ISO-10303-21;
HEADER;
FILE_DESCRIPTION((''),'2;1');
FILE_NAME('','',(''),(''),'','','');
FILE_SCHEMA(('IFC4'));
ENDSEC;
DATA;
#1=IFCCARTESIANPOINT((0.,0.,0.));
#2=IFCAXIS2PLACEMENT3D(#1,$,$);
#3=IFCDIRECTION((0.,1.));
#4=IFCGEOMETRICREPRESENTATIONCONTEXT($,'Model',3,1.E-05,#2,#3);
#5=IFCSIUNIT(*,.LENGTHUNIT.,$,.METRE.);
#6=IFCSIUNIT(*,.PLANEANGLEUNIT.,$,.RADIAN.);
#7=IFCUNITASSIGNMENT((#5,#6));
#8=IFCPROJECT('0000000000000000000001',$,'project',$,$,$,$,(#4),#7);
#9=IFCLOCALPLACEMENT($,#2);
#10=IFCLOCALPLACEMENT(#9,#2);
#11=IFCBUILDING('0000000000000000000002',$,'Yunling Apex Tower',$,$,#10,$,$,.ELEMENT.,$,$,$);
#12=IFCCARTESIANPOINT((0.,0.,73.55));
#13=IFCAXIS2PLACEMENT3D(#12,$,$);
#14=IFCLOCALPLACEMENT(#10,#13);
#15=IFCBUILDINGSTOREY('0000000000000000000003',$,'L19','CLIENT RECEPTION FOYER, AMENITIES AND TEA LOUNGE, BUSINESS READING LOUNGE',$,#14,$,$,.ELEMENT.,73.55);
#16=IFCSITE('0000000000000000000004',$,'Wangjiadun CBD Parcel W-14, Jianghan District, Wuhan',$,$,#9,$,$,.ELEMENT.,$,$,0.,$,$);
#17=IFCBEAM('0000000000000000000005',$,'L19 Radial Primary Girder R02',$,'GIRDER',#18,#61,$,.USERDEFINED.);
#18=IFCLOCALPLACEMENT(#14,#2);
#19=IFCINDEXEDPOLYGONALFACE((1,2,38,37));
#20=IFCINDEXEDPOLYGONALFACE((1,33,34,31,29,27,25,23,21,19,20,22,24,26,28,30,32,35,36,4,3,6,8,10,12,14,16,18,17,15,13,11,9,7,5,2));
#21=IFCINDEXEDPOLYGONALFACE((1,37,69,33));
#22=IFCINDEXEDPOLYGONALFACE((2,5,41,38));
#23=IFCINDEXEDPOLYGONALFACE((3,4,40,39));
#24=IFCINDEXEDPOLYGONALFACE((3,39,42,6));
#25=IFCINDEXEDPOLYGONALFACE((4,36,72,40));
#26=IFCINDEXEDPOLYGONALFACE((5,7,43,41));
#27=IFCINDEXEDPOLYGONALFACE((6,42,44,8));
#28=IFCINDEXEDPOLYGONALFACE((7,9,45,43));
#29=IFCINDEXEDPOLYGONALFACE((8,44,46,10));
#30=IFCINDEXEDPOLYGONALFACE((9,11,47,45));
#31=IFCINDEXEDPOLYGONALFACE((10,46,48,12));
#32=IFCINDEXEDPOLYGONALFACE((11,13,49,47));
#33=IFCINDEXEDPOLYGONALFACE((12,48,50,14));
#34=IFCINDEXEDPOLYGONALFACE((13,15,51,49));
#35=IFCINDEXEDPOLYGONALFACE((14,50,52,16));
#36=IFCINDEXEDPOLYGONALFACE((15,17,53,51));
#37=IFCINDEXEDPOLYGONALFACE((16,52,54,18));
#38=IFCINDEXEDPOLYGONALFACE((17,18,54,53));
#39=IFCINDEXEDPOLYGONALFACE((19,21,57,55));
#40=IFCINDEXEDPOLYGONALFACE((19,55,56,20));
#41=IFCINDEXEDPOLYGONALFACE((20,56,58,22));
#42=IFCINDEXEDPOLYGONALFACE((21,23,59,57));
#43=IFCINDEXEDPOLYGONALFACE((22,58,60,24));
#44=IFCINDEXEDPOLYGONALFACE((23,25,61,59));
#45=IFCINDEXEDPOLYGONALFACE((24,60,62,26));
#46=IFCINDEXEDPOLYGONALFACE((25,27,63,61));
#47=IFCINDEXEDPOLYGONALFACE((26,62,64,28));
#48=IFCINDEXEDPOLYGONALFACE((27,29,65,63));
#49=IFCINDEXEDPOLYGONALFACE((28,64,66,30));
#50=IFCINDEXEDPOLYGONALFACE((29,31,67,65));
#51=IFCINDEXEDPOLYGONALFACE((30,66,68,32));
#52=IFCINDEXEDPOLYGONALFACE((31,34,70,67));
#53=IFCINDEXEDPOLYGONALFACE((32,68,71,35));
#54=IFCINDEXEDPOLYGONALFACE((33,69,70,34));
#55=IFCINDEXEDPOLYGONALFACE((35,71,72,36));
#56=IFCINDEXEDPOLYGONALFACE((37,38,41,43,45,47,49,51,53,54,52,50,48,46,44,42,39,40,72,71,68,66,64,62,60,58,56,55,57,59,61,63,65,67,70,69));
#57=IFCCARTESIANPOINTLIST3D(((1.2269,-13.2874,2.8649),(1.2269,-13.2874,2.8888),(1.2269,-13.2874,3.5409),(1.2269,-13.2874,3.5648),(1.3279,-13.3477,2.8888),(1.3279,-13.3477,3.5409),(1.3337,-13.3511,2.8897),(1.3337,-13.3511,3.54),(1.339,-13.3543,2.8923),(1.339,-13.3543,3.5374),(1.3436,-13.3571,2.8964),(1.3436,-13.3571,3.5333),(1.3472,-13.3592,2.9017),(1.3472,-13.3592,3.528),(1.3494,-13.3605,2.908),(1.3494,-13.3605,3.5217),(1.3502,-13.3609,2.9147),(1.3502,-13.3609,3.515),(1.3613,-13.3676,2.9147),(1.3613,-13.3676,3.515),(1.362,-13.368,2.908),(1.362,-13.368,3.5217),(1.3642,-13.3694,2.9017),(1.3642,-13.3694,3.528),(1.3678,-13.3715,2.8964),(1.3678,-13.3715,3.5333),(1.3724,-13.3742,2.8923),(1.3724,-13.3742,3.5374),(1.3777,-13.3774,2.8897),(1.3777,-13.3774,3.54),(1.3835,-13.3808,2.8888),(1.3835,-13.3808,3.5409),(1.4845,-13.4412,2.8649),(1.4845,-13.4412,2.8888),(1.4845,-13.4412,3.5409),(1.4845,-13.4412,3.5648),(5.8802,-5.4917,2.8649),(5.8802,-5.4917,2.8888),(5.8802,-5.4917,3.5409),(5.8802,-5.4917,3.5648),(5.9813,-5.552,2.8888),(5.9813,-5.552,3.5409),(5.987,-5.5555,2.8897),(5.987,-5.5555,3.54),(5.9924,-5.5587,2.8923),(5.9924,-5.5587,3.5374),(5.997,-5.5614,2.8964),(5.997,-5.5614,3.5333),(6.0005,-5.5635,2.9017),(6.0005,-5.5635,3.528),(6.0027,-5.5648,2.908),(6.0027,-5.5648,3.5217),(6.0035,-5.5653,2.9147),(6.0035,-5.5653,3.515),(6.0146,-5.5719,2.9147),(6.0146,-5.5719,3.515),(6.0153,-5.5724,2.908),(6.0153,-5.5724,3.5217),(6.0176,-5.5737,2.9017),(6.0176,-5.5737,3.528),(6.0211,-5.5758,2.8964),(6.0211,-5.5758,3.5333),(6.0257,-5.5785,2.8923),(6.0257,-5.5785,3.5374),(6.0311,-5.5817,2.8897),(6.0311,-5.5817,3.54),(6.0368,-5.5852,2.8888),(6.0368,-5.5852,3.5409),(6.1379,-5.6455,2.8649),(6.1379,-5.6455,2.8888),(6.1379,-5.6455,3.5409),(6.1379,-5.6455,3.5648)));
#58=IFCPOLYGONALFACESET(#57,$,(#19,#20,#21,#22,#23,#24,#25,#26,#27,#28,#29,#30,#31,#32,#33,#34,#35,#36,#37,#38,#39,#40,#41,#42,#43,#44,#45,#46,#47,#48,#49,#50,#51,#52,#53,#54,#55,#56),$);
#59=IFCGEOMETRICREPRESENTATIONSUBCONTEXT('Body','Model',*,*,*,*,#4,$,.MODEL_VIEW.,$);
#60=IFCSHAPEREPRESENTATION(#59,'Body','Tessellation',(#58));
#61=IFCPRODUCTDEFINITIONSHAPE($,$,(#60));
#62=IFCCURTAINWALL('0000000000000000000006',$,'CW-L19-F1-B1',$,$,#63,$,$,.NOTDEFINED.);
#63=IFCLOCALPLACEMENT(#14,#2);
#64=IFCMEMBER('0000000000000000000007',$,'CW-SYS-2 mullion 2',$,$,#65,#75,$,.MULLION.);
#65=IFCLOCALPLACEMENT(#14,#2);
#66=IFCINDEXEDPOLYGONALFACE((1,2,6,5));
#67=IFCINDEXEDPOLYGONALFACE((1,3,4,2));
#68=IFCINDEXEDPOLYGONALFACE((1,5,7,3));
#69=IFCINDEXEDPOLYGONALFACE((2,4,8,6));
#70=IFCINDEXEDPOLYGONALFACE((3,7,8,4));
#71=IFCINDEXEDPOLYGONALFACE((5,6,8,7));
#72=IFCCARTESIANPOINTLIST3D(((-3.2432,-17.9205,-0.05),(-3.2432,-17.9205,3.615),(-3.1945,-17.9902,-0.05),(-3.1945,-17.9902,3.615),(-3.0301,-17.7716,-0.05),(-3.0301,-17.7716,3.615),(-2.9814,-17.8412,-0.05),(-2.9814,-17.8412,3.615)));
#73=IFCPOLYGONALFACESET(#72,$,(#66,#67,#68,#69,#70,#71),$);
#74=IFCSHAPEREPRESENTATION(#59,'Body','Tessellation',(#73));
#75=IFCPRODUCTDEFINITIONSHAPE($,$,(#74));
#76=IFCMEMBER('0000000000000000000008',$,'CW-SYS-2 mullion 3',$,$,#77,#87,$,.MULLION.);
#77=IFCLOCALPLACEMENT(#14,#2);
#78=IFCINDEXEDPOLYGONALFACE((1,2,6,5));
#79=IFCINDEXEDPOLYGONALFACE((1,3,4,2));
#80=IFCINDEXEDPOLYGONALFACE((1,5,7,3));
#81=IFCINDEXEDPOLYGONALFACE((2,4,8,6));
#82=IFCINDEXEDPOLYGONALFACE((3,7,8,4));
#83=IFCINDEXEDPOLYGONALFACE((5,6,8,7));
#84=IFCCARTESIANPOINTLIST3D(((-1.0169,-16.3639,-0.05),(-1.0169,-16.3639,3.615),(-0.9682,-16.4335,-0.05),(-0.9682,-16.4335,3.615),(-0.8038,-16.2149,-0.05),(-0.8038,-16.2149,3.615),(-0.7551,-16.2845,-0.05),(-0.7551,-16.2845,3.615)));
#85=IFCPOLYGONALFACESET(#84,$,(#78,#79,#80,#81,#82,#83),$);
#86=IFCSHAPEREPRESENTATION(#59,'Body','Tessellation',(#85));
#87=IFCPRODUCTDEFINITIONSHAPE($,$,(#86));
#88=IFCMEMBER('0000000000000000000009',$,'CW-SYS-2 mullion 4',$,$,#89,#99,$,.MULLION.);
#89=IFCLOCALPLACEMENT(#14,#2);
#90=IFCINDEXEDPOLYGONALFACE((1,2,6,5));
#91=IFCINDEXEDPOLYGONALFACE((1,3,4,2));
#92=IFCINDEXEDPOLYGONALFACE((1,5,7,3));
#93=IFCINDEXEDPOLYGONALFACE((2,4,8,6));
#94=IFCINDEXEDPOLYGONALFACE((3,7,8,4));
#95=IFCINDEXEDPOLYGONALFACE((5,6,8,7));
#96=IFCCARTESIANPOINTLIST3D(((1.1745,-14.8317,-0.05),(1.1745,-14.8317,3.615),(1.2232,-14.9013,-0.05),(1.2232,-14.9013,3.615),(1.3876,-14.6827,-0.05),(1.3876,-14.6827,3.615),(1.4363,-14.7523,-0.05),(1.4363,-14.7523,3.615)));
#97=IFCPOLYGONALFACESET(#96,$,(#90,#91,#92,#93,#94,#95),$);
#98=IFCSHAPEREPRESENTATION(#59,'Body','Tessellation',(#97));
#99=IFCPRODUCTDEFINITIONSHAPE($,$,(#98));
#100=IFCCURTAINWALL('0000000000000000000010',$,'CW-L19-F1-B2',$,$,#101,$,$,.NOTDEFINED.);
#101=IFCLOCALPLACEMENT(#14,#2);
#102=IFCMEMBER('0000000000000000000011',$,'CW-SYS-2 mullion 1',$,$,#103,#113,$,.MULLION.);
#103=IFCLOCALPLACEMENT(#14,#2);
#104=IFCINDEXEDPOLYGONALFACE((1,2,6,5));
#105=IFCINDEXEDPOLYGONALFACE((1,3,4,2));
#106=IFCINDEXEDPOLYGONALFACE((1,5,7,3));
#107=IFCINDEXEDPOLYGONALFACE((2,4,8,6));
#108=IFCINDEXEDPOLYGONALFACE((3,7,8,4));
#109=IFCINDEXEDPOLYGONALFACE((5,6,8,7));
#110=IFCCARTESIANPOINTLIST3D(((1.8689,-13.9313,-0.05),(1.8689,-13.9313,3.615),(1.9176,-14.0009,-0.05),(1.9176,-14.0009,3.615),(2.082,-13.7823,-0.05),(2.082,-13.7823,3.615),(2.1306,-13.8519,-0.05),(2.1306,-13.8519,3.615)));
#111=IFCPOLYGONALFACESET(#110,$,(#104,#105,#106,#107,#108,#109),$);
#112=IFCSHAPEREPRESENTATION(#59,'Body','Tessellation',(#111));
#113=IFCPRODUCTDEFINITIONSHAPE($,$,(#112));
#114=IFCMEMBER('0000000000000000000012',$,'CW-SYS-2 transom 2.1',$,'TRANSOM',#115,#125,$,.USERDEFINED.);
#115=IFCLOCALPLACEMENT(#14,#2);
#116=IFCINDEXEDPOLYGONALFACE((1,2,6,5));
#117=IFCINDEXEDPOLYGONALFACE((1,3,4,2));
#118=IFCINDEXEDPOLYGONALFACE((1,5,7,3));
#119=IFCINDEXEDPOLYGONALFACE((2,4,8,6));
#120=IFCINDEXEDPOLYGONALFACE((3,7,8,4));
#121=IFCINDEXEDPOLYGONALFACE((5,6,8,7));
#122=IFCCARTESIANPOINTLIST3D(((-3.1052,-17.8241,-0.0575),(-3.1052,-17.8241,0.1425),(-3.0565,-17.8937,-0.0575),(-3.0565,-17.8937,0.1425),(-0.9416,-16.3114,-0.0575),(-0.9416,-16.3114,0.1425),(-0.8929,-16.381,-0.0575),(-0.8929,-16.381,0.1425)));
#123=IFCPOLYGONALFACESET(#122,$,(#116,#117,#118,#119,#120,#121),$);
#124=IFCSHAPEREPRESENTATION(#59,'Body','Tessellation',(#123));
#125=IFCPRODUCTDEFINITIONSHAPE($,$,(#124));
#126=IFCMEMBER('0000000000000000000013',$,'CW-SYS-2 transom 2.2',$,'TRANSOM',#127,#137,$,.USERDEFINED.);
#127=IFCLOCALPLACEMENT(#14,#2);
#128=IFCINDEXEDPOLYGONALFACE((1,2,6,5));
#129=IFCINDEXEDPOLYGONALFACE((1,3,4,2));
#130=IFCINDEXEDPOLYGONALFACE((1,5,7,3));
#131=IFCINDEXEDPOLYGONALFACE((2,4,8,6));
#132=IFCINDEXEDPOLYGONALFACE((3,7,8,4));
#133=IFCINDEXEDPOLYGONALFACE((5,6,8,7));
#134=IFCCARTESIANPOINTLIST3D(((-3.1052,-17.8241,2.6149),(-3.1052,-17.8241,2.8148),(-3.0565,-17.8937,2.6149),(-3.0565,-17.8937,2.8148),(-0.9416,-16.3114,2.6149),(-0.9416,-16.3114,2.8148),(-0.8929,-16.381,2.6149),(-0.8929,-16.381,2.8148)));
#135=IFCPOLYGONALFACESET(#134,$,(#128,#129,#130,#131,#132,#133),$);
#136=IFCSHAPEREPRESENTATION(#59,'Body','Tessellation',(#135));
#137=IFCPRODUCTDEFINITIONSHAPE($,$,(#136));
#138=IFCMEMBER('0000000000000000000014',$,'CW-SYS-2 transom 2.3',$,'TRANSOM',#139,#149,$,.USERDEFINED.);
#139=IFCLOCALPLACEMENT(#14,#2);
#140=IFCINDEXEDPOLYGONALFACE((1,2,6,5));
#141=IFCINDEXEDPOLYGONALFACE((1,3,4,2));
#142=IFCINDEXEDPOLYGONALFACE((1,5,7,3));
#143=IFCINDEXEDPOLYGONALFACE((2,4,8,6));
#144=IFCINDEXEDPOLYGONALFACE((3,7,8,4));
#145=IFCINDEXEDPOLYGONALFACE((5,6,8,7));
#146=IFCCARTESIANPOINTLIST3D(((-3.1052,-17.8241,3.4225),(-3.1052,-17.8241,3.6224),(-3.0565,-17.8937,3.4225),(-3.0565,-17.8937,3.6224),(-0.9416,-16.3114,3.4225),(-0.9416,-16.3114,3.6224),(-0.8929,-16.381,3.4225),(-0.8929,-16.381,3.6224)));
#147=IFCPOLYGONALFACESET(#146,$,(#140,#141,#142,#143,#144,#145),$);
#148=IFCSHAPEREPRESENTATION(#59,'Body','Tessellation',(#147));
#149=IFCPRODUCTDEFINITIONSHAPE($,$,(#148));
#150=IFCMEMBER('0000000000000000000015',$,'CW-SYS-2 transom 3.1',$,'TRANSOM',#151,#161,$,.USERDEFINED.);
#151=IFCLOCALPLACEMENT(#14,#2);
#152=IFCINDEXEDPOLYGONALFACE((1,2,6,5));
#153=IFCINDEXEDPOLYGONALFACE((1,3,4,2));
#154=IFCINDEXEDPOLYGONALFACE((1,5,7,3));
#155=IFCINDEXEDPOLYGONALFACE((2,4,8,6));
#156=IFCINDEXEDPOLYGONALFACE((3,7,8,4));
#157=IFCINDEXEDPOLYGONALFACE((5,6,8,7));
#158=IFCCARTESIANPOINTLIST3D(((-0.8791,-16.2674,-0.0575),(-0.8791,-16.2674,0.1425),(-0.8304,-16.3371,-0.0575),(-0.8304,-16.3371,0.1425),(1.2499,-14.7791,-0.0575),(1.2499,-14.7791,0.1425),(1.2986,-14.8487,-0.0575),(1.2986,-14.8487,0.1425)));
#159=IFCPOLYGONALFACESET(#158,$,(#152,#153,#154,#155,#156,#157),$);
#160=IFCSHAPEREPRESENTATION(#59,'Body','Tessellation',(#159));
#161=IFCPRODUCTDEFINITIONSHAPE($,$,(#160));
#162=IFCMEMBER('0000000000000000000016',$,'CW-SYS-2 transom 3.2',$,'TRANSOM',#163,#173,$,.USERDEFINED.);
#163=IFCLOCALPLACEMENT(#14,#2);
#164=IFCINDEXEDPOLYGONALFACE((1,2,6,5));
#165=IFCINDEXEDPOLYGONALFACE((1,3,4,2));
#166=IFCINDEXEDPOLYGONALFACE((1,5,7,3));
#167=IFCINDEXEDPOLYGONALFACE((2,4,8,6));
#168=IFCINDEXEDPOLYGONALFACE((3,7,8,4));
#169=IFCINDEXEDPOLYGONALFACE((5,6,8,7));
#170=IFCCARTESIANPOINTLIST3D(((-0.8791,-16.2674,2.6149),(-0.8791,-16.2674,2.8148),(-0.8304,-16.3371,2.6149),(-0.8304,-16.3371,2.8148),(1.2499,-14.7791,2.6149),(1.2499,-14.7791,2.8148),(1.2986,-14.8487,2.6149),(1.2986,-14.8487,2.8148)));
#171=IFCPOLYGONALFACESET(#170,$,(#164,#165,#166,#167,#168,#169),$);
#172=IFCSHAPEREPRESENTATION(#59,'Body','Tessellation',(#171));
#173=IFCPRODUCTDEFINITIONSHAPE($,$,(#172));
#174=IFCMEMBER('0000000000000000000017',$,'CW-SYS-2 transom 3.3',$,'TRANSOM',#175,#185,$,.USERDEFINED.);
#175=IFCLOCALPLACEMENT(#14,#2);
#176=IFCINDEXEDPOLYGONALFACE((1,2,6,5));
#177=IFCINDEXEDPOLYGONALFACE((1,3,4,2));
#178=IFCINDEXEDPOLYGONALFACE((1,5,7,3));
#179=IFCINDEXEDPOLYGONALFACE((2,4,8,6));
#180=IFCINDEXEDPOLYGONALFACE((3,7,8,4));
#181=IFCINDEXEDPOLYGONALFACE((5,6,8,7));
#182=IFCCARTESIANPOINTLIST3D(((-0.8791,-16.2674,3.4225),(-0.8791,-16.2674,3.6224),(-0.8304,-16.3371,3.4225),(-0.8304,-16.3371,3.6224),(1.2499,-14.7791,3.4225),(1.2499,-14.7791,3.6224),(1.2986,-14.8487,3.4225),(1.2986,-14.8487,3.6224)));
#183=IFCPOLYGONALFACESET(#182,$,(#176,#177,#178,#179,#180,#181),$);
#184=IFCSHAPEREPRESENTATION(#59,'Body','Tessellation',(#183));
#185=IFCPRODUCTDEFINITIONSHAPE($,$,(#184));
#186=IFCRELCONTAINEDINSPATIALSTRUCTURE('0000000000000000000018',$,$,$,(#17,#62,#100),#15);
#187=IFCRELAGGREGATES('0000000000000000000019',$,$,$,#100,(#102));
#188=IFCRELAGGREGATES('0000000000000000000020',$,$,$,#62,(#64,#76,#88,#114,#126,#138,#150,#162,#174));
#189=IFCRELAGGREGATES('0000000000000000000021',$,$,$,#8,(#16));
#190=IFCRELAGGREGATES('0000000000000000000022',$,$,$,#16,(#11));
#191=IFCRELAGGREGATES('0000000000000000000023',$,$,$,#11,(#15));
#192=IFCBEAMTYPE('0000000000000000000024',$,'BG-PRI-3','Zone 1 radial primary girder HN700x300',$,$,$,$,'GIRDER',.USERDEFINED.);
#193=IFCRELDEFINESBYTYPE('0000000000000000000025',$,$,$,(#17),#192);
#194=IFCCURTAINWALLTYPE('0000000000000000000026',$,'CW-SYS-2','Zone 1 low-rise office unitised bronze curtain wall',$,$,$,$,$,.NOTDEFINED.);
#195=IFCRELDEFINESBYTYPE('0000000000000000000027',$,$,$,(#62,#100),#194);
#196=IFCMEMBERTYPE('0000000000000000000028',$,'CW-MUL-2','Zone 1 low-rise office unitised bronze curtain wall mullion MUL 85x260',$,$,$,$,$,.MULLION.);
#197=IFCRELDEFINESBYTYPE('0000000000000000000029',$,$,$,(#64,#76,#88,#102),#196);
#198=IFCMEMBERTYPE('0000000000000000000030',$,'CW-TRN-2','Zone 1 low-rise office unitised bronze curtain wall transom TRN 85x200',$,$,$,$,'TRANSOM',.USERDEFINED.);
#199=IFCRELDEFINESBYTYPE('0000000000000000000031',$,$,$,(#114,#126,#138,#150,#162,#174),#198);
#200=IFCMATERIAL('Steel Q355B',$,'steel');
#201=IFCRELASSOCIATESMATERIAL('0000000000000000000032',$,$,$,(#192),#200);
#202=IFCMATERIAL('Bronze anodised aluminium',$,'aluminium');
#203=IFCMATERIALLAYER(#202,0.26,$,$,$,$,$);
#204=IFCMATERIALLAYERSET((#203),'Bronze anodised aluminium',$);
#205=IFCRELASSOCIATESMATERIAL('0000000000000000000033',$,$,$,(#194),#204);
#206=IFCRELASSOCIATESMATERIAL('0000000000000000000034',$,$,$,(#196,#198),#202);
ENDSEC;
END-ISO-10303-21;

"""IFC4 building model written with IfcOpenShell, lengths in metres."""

from ifc_helpers import new_model, si_unit, direction, frame, origin, origin_2d, place, context, subcontext, project, spatial, rectangle, i_section, extrude, source, transform, mapped, material, layer, layer_set, material_profile, profile_set, type_object, element, aggregate, save


model = new_model("IFC4")

# Units and contexts
model_context = context("Model", 3, precision=1e-05, world=origin(), true_north=direction((0.0, 1.0)))
body_context = subcontext(model_context, "Body", "Model", "MODEL_VIEW")
ifc_project = project(units=[si_unit("LENGTHUNIT", "METRE"), si_unit("PLANEANGLEUNIT", "RADIAN")], contexts=[model_context])

# Site, building, storey
site_placement = place(None, origin())
site = spatial("IfcSite", under=ifc_project, at=site_placement, Name="Wangjiadun CBD Parcel W-14, Jianghan District, Wuhan", CompositionType="ELEMENT", RefElevation=0.0)
building_placement = place(site_placement, origin())
building = spatial("IfcBuilding", under=site, at=building_placement, Name="Yunling Apex Tower", CompositionType="ELEMENT")
storey_placement = place(building_placement, frame((0.0, 0.0, 73.55)))
storey = spatial("IfcBuildingStorey", under=building, at=storey_placement, Name="L19", Description="CLIENT RECEPTION FOYER, AMENITIES AND TEA LOUNGE, BUSINESS READING LOUNGE", CompositionType="ELEMENT", Elevation=73.55)

# Beam
ifc_material_1 = material(Name="Steel Q355B", Category="steel")
ifc_material_profile_1 = material_profile(ifc_material_1, i_section(OverallWidth=0.3, OverallDepth=0.7, WebThickness=0.0129, FlangeThickness=0.0239, FilletRadius=0.0259, at=origin_2d()))
ifc_profile_set_1 = profile_set([ifc_material_profile_1], Name="Steel Q355B")
beam_type_1 = type_object("IfcBeamType", Name="BG-PRI-3", Description="Zone 1 radial primary girder HN700x300", ElementType="GIRDER", PredefinedType="USERDEFINED", material=ifc_profile_set_1)
shared_shape_1 = source(origin(), body_context, "Body", "SweptSolid", [
    extrude(i_section(OverallWidth=0.3, OverallDepth=0.7, WebThickness=0.0129, FlangeThickness=0.0239, FilletRadius=0.0259, at=origin_2d()), origin(), (0.0, 0.0, 1.0), 9.0789),
])
beam_1_placement = place(storey_placement, frame((1.3557, -13.3643, 3.2148), z_axis=(0.512545, 0.85866, 0.0), x_axis=(-0.85866, 0.512545, 0.0)))
element("IfcBeam", 1, at=beam_1_placement, inside=storey, type_object=beam_type_1, Name="L19 Radial Primary Girder R02", ObjectType="GIRDER", PredefinedType="USERDEFINED", context=body_context, shape_type="MappedRepresentation", body=[
    mapped(shared_shape_1, transform((0.0, 0.0, 0.0), scale=1.0)),
])

# Curtain wall, members
ifc_material_2 = material(Name="Bronze anodised aluminium", Category="aluminium")
ifc_layer_1 = layer(ifc_material_2, 0.26)
ifc_layer_set_1 = layer_set([ifc_layer_1], Name="Bronze anodised aluminium")
curtain_wall_type = type_object("IfcCurtainWallType", Name="CW-SYS-2", Description="Zone 1 low-rise office unitised bronze curtain wall", PredefinedType="NOTDEFINED", material=ifc_layer_set_1)
curtain_wall_1_placement = place(storey_placement, origin())
curtain_wall_1 = element("IfcCurtainWall", 2, at=curtain_wall_1_placement, inside=storey, type_object=curtain_wall_type, Name="CW-L19-F1-B1", PredefinedType="NOTDEFINED")
ifc_material_profile_2 = material_profile(ifc_material_2, rectangle(XDim=0.085, YDim=0.26, at=origin_2d()))
ifc_profile_set_2 = profile_set([ifc_material_profile_2], Name="Bronze anodised aluminium")
member_type_1 = type_object("IfcMemberType", Name="CW-MUL-2", Description="Zone 1 low-rise office unitised bronze curtain wall mullion MUL 85x260", PredefinedType="MULLION", material=ifc_profile_set_2)
shared_shape_2 = source(origin(), body_context, "Body", "SweptSolid", [
    extrude(rectangle(XDim=0.085, YDim=0.26, at=origin_2d()), origin(), (0.0, 0.0, 1.0), 3.665),
])
member_1_placement = place(storey_placement, frame((-3.1123, -17.8809, -0.05), z_axis=(0.0, 0.0, 1.0), x_axis=(-0.573004, 0.819552, 0.0)))
member_1 = element("IfcMember", 3, at=member_1_placement, type_object=member_type_1, Name="CW-SYS-2 mullion 2", PredefinedType="MULLION", context=body_context, shape_type="MappedRepresentation", body=[
    mapped(shared_shape_2, transform((0.0, 0.0, 0.0), scale=1.0)),
])
member_2_placement = place(storey_placement, frame((-0.886, -16.3242, -0.05), z_axis=(0.0, 0.0, 1.0), x_axis=(-0.573004, 0.819552, 0.0)))
member_2 = element("IfcMember", 4, at=member_2_placement, type_object=member_type_1, Name="CW-SYS-2 mullion 3", PredefinedType="MULLION", context=body_context, shape_type="MappedRepresentation", body=[
    mapped(shared_shape_2, transform((0.0, 0.0, 0.0), scale=1.0)),
])
member_3_placement = place(storey_placement, frame((1.3054, -14.792, -0.05), z_axis=(0.0, 0.0, 1.0), x_axis=(-0.573004, 0.819552, 0.0)))
member_3 = element("IfcMember", 5, at=member_3_placement, type_object=member_type_1, Name="CW-SYS-2 mullion 4", PredefinedType="MULLION", context=body_context, shape_type="MappedRepresentation", body=[
    mapped(shared_shape_2, transform((0.0, 0.0, 0.0), scale=1.0)),
])

# Curtain wall, member
curtain_wall_2_placement = place(storey_placement, origin())
curtain_wall_2 = element("IfcCurtainWall", 6, at=curtain_wall_2_placement, inside=storey, type_object=curtain_wall_type, Name="CW-L19-F1-B2", PredefinedType="NOTDEFINED")
member_4_placement = place(storey_placement, frame((1.9998, -13.8916, -0.05), z_axis=(0.0, 0.0, 1.0), x_axis=(-0.573003, 0.819553, 0.0)))
member_4 = element("IfcMember", 7, at=member_4_placement, type_object=member_type_1, Name="CW-SYS-2 mullion 1", PredefinedType="MULLION", context=body_context, shape_type="MappedRepresentation", body=[
    mapped(shared_shape_2, transform((0.0, 0.0, 0.0), scale=1.0)),
])

# Members
ifc_material_profile_3 = material_profile(ifc_material_2, rectangle(XDim=0.085, YDim=0.2, at=origin_2d()))
ifc_profile_set_3 = profile_set([ifc_material_profile_3], Name="Bronze anodised aluminium")
member_type_2 = type_object("IfcMemberType", Name="CW-TRN-2", Description="Zone 1 low-rise office unitised bronze curtain wall transom TRN 85x200", ElementType="TRANSOM", PredefinedType="USERDEFINED", material=ifc_profile_set_3)
shared_shape_3 = source(origin(), body_context, "Body", "SweptSolid", [
    extrude(rectangle(XDim=0.085, YDim=0.2, at=origin_2d()), origin(), (0.0, 0.0, 1.0), 2.6399),
])
member_5_placement = place(storey_placement, frame((-3.0808, -17.8589, 0.0425), z_axis=(0.819553, 0.573003, 0.0), x_axis=(-0.573003, 0.819553, 0.0)))
member_5 = element("IfcMember", 8, at=member_5_placement, type_object=member_type_2, Name="CW-SYS-2 transom 2.1", ObjectType="TRANSOM", PredefinedType="USERDEFINED", context=body_context, shape_type="MappedRepresentation", body=[
    mapped(shared_shape_3, transform((0.0, 0.0, 0.0), scale=1.0)),
])
member_6_placement = place(storey_placement, frame((-3.0808, -17.8589, 2.7148), z_axis=(0.819553, 0.573003, 0.0), x_axis=(-0.573003, 0.819553, 0.0)))
member_6 = element("IfcMember", 9, at=member_6_placement, type_object=member_type_2, Name="CW-SYS-2 transom 2.2", ObjectType="TRANSOM", PredefinedType="USERDEFINED", context=body_context, shape_type="MappedRepresentation", body=[
    mapped(shared_shape_3, transform((0.0, 0.0, 0.0), scale=1.0)),
])
member_7_placement = place(storey_placement, frame((-3.0808, -17.8589, 3.5225), z_axis=(0.819553, 0.573003, 0.0), x_axis=(-0.573003, 0.819553, 0.0)))
member_7 = element("IfcMember", 10, at=member_7_placement, type_object=member_type_2, Name="CW-SYS-2 transom 2.3", ObjectType="TRANSOM", PredefinedType="USERDEFINED", context=body_context, shape_type="MappedRepresentation", body=[
    mapped(shared_shape_3, transform((0.0, 0.0, 0.0), scale=1.0)),
])
shared_shape_4 = source(origin(), body_context, "Body", "SweptSolid", [
    extrude(rectangle(XDim=0.085, YDim=0.2, at=origin_2d()), origin(), (0.0, 0.0, 1.0), 2.5977),
])
member_8_placement = place(storey_placement, frame((-0.8547, -16.3022, 0.0425), z_axis=(0.819585, 0.572958, 0.0), x_axis=(-0.572958, 0.819585, 0.0)))
member_8 = element("IfcMember", 11, at=member_8_placement, type_object=member_type_2, Name="CW-SYS-2 transom 3.1", ObjectType="TRANSOM", PredefinedType="USERDEFINED", context=body_context, shape_type="MappedRepresentation", body=[
    mapped(shared_shape_4, transform((0.0, 0.0, 0.0), scale=1.0)),
])
member_9_placement = place(storey_placement, frame((-0.8547, -16.3022, 2.7148), z_axis=(0.819585, 0.572958, 0.0), x_axis=(-0.572958, 0.819585, 0.0)))
member_9 = element("IfcMember", 12, at=member_9_placement, type_object=member_type_2, Name="CW-SYS-2 transom 3.2", ObjectType="TRANSOM", PredefinedType="USERDEFINED", context=body_context, shape_type="MappedRepresentation", body=[
    mapped(shared_shape_4, transform((0.0, 0.0, 0.0), scale=1.0)),
])
member_10_placement = place(storey_placement, frame((-0.8547, -16.3022, 3.5225), z_axis=(0.819585, 0.572958, 0.0), x_axis=(-0.572958, 0.819585, 0.0)))
member_10 = element("IfcMember", 13, at=member_10_placement, type_object=member_type_2, Name="CW-SYS-2 transom 3.3", ObjectType="TRANSOM", PredefinedType="USERDEFINED", context=body_context, shape_type="MappedRepresentation", body=[
    mapped(shared_shape_4, transform((0.0, 0.0, 0.0), scale=1.0)),
])
aggregate(curtain_wall_2, [member_4])

aggregate(curtain_wall_1, [member_1, member_2, member_3, member_5, member_6, member_7, member_8, member_9, member_10])

save(model, "model.ifc")
